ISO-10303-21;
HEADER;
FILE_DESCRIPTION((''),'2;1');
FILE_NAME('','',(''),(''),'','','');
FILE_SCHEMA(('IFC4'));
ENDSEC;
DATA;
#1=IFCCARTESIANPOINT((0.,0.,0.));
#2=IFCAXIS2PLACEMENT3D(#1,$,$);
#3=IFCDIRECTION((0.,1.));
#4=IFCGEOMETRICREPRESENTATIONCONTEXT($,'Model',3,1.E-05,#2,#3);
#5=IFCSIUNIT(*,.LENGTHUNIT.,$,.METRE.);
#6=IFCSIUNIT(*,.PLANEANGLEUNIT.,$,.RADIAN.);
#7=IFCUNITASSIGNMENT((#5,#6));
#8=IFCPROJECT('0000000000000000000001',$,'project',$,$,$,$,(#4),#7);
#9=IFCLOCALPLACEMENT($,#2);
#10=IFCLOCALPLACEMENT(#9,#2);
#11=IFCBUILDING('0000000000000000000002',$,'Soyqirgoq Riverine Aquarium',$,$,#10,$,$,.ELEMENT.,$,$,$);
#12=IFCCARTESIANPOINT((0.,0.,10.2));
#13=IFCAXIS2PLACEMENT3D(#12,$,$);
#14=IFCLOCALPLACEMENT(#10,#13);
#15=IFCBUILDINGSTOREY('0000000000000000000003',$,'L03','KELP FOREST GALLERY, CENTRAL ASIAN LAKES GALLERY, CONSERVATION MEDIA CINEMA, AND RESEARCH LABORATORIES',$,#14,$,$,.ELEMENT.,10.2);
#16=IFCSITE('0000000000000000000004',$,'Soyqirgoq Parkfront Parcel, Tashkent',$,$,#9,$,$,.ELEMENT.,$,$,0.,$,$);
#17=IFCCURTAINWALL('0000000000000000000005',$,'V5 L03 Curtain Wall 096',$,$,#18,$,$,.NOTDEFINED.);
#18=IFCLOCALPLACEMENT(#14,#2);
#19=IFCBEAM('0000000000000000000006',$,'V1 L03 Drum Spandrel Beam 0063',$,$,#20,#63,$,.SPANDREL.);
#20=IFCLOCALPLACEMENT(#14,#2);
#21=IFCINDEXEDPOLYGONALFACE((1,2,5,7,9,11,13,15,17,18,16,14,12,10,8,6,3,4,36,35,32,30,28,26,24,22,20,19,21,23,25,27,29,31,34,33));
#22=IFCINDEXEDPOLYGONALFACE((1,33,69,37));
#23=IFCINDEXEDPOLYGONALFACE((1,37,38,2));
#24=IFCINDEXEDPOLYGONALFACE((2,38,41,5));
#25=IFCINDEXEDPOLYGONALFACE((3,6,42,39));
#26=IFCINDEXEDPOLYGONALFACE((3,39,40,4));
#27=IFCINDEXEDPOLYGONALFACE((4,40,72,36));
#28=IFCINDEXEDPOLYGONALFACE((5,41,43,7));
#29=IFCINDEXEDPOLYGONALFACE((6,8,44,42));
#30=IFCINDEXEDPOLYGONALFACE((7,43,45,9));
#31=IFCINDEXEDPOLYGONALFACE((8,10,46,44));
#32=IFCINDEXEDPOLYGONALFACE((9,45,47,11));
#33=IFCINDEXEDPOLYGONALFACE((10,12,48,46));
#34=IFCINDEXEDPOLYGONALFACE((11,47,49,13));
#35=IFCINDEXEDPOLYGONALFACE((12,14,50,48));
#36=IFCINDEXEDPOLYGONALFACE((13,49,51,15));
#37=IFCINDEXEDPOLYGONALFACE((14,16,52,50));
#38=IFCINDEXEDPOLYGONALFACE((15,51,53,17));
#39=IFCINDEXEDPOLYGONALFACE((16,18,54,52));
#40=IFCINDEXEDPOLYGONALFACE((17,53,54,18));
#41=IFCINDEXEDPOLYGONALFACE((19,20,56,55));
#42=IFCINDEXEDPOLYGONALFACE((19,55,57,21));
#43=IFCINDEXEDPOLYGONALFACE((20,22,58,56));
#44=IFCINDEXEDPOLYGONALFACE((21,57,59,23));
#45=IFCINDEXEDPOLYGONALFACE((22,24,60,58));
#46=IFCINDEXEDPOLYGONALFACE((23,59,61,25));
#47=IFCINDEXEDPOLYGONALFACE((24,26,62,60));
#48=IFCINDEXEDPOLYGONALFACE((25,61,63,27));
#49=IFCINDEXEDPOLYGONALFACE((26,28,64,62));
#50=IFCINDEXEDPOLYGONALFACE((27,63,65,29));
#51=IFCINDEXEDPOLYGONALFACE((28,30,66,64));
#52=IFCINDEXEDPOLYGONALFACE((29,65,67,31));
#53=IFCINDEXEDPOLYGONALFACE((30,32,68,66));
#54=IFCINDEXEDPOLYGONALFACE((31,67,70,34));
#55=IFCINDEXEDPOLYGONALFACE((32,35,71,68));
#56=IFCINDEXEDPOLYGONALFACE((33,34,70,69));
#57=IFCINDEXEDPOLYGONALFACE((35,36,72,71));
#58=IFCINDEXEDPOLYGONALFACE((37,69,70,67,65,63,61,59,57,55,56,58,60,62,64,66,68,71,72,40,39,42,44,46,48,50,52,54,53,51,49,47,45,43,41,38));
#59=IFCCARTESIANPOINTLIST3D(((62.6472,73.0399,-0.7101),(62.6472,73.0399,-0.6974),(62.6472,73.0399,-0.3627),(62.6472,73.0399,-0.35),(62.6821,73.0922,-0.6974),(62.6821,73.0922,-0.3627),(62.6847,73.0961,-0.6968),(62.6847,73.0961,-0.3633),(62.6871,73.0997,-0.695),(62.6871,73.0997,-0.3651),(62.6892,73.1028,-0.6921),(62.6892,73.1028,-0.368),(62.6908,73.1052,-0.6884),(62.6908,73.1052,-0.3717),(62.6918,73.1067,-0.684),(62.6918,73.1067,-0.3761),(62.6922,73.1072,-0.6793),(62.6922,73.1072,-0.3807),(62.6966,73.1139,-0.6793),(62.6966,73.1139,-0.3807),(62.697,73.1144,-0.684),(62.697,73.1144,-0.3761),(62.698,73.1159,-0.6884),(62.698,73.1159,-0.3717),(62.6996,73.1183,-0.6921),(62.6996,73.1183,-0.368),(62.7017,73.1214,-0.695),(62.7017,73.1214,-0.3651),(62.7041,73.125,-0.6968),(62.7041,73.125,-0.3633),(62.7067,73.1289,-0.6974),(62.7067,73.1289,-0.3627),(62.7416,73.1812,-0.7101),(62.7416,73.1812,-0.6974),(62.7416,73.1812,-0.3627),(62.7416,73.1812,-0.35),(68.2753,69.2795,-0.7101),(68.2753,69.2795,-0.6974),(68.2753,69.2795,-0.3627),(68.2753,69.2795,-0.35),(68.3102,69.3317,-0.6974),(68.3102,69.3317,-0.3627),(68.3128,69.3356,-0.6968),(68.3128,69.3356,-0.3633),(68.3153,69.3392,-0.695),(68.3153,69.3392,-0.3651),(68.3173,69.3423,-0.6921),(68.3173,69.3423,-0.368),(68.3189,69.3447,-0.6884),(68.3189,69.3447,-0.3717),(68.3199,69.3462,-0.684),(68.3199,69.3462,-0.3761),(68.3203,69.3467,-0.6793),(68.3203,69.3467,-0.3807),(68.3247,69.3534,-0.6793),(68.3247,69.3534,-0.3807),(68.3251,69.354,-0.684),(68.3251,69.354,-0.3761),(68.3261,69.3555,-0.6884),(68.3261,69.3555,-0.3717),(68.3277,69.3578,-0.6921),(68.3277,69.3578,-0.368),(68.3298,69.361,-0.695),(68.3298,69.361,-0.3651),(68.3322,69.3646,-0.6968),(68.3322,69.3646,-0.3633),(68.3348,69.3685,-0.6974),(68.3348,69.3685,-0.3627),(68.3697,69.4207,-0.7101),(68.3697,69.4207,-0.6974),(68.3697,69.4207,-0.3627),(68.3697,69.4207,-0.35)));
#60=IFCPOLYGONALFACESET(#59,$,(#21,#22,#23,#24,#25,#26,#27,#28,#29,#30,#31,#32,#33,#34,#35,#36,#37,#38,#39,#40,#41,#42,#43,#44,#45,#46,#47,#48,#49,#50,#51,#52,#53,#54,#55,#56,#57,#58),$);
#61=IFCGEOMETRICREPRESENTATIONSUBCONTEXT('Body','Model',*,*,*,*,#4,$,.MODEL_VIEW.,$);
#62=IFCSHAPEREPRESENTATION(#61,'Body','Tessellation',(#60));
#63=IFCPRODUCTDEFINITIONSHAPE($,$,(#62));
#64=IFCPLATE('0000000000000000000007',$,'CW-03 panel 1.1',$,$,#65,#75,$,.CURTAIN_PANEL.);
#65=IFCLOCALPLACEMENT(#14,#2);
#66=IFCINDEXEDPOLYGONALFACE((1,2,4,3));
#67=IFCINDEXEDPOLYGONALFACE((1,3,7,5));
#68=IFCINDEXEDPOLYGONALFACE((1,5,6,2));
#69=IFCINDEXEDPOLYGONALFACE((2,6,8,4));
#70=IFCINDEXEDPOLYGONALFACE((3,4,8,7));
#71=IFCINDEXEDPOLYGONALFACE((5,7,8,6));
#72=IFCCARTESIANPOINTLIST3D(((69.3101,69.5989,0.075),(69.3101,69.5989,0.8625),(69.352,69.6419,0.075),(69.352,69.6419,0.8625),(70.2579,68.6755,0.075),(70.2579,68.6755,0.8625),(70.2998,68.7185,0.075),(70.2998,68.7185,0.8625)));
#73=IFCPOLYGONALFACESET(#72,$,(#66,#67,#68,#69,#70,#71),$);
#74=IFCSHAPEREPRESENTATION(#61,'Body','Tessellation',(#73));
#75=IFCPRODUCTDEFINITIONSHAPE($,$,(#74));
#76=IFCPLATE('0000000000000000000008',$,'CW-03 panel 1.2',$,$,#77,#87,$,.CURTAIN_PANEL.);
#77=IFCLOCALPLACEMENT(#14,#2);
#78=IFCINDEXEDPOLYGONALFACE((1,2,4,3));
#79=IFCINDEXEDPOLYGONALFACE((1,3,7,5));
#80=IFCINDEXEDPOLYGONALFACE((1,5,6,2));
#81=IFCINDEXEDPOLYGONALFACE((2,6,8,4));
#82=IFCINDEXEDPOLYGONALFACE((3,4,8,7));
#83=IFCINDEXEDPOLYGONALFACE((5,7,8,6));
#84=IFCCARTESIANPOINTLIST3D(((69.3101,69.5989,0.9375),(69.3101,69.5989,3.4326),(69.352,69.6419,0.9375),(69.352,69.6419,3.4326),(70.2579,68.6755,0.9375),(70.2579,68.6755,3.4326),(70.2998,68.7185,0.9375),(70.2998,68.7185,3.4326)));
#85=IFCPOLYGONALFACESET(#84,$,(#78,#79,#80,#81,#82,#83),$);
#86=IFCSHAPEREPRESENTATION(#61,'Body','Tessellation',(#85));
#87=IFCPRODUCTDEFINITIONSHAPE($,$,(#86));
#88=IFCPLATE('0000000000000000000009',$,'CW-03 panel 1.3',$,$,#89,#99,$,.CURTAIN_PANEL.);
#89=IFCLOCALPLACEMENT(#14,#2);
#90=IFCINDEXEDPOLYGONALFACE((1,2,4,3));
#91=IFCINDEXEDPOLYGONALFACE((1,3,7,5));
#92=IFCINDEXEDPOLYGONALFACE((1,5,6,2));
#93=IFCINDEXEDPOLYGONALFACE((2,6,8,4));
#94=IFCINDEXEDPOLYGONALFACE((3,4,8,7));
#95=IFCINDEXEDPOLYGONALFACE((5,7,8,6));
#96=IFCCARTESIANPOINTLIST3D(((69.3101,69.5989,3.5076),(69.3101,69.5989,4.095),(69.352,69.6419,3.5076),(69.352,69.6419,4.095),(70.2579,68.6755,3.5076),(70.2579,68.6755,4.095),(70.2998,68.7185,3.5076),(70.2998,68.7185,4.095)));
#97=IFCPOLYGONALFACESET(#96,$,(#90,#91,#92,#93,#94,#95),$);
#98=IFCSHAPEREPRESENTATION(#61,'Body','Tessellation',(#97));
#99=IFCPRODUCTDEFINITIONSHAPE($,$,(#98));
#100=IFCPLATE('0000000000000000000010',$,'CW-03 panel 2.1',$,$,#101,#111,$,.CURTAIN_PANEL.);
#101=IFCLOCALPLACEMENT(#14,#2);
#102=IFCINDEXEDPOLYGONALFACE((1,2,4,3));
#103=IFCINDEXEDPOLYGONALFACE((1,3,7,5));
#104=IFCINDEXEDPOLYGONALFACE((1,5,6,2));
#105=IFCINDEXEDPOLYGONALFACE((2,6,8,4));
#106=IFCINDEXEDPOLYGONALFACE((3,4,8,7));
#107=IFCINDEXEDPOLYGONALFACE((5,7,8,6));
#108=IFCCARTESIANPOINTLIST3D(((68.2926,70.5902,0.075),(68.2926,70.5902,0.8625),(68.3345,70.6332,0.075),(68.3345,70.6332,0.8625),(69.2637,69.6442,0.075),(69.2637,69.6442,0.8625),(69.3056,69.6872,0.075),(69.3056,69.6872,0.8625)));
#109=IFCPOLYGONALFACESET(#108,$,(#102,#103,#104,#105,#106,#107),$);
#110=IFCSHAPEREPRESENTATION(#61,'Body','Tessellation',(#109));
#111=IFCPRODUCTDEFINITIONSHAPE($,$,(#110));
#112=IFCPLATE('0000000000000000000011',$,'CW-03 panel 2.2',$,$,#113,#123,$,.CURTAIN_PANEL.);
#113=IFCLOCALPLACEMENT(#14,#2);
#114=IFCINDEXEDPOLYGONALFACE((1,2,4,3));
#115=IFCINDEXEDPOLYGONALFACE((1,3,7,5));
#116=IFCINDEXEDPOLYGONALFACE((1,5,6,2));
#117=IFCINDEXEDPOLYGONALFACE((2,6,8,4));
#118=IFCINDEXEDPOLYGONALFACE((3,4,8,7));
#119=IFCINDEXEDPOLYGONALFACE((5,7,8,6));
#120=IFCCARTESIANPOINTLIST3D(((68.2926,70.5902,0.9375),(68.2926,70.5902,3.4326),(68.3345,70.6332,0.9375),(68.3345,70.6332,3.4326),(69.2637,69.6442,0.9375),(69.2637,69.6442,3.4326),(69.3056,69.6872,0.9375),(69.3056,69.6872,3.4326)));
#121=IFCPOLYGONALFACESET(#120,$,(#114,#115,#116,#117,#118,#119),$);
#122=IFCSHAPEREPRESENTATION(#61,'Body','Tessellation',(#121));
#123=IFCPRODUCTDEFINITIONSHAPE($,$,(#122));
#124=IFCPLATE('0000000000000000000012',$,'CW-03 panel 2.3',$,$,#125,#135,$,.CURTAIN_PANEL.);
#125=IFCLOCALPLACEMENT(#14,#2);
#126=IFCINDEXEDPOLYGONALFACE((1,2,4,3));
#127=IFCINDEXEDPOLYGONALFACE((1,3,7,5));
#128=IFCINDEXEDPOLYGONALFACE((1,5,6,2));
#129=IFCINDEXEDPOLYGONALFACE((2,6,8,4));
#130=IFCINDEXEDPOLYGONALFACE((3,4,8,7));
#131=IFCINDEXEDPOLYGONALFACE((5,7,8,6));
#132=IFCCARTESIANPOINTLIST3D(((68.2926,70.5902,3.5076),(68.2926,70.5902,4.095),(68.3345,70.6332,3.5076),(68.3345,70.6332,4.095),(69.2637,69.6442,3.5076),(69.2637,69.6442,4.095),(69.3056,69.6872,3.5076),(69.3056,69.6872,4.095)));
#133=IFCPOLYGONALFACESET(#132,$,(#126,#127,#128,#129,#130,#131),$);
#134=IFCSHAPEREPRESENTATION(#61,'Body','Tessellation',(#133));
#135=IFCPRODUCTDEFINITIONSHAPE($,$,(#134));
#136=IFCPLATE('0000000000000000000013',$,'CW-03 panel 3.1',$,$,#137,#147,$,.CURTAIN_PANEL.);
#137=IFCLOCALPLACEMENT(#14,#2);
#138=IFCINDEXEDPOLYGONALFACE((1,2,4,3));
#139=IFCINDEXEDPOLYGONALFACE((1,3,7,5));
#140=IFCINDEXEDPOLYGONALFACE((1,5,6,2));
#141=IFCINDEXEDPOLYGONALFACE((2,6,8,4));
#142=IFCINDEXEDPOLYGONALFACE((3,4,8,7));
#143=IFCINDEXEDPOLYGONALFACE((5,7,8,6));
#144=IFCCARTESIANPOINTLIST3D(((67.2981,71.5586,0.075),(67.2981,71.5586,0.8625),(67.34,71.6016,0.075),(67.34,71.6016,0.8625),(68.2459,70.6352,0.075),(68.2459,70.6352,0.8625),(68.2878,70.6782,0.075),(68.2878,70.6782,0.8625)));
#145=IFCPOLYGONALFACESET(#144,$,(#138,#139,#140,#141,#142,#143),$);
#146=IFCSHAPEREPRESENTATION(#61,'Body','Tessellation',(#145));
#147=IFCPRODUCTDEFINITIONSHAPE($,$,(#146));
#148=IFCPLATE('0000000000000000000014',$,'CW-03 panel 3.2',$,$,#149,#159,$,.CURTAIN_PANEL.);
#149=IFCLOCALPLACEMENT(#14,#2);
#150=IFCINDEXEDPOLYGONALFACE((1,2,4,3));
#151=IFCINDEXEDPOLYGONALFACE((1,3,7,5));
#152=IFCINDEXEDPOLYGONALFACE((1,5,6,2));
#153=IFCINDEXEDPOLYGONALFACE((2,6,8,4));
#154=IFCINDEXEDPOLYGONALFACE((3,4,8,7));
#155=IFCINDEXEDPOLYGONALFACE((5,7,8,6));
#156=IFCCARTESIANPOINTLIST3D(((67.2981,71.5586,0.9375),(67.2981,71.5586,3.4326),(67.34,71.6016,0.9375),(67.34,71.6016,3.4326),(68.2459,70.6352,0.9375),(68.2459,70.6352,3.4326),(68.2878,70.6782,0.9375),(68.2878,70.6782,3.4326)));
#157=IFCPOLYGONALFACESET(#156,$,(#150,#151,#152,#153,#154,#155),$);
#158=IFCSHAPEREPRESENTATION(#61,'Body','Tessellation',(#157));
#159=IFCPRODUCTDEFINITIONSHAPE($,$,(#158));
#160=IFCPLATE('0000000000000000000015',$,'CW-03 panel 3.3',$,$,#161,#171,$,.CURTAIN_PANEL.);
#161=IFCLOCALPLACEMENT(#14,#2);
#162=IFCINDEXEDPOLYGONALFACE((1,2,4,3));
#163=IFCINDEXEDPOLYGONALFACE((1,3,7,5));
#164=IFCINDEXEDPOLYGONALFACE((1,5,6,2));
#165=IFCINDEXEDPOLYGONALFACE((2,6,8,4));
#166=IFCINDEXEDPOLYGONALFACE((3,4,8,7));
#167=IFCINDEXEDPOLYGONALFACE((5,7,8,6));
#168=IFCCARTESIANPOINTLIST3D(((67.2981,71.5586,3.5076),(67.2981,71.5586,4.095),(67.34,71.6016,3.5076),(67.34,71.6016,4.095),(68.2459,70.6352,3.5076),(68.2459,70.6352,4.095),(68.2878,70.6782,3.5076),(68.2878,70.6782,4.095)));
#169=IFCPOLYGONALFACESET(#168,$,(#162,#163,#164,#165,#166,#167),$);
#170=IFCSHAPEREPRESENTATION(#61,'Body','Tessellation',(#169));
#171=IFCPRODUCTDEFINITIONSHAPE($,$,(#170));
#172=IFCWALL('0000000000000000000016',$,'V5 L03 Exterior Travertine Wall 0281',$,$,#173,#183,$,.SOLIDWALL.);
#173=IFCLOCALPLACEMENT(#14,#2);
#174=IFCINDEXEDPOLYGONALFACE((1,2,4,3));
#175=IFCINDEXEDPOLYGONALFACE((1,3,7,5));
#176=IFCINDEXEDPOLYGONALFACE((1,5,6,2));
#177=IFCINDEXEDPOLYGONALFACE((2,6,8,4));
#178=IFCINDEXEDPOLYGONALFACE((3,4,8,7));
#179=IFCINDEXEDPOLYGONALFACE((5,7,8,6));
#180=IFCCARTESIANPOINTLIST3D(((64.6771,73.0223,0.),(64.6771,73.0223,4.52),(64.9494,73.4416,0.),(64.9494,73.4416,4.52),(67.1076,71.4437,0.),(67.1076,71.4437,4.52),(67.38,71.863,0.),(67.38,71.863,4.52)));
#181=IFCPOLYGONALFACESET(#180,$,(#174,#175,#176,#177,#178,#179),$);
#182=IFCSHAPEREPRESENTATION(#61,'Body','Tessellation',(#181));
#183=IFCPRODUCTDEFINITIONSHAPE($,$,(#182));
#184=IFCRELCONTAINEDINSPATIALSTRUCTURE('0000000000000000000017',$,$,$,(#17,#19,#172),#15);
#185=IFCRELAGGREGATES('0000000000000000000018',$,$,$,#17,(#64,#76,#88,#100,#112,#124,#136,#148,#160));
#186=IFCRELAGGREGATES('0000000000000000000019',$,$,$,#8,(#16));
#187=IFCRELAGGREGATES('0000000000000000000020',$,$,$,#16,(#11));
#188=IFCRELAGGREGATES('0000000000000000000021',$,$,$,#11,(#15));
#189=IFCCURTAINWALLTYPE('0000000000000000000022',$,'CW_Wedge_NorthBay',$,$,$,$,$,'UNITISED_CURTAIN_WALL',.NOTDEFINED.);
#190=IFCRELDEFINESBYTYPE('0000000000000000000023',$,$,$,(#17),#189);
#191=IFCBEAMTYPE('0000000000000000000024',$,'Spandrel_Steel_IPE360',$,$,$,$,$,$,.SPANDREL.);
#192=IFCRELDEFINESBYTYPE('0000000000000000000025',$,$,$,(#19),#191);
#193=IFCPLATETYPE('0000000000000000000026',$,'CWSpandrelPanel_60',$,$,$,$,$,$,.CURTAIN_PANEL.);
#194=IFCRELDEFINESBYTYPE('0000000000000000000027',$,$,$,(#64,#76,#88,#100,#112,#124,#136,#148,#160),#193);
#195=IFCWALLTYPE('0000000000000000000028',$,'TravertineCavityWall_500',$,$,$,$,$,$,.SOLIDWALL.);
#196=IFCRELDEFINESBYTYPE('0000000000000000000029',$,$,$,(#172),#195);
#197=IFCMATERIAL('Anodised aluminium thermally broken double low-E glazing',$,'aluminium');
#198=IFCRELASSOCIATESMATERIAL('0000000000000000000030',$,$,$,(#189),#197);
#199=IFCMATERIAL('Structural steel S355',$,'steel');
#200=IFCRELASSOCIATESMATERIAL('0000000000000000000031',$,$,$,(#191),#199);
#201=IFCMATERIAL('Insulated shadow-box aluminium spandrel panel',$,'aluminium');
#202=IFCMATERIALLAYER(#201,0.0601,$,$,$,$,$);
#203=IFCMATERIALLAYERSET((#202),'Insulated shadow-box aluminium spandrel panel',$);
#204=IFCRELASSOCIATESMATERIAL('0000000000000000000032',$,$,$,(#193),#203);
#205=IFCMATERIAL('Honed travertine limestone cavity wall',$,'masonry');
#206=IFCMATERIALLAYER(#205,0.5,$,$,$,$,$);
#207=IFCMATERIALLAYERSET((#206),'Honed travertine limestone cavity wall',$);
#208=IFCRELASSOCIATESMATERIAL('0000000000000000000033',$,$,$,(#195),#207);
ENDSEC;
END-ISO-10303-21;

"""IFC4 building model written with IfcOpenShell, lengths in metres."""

from ifc_helpers import new_model, si_unit, direction, frame, frame_2d, origin, origin_2d, place, context, subcontext, project, spatial, rectangle, i_section, extrude, material, layer, layer_set, material_profile, profile_set, type_object, element, aggregate, save


model = new_model("IFC4")

# Units and contexts
model_context = context("Model", 3, precision=1e-05, world=origin(), true_north=direction((0.0, 1.0)))
body_context = subcontext(model_context, "Body", "Model", "MODEL_VIEW")
ifc_project = project(units=[si_unit("LENGTHUNIT", "METRE"), si_unit("PLANEANGLEUNIT", "RADIAN")], contexts=[model_context])

# Site, building, storey
site_placement = place(None, origin())
site = spatial("IfcSite", under=ifc_project, at=site_placement, Name="Soyqirgoq Parkfront Parcel, Tashkent", CompositionType="ELEMENT", RefElevation=0.0)
building_placement = place(site_placement, origin())
building = spatial("IfcBuilding", under=site, at=building_placement, Name="Soyqirgoq Riverine Aquarium", CompositionType="ELEMENT")
storey_placement = place(building_placement, frame((0.0, 0.0, 10.2)))
storey = spatial("IfcBuildingStorey", under=building, at=storey_placement, Name="L03", Description="KELP FOREST GALLERY, CENTRAL ASIAN LAKES GALLERY, CONSERVATION MEDIA CINEMA, AND RESEARCH LABORATORIES", CompositionType="ELEMENT", Elevation=10.2)

# Curtain wall
ifc_material_1 = material(Name="Anodised aluminium thermally broken double low-E glazing", Category="aluminium")
curtain_wall_type = type_object("IfcCurtainWallType", Name="CW_Wedge_NorthBay", ElementType="UNITISED_CURTAIN_WALL", PredefinedType="NOTDEFINED", material=ifc_material_1)
curtain_wall_1_placement = place(storey_placement, origin())
curtain_wall_1 = element("IfcCurtainWall", 1, at=curtain_wall_1_placement, inside=storey, type_object=curtain_wall_type, Name="V5 L03 Curtain Wall 096", PredefinedType="NOTDEFINED")

# Beam
ifc_material_2 = material(Name="Structural steel S355", Category="steel")
ifc_material_profile_1 = material_profile(ifc_material_2, i_section(OverallWidth=0.1699, OverallDepth=0.3601, WebThickness=0.0081, FlangeThickness=0.0127, FilletRadius=0.0181, at=origin_2d()), Name="IPE 360")
ifc_profile_set_1 = profile_set([ifc_material_profile_1], Name="Structural steel S355")
beam_type_1 = type_object("IfcBeamType", Name="Spandrel_Steel_IPE360", PredefinedType="SPANDREL", material=ifc_profile_set_1)
beam_1_placement = place(storey_placement, frame((68.3225, 69.3501, -0.53), z_axis=(-0.831478, 0.555557, 0.0), x_axis=(-0.555557, -0.831478, 0.0)))
element("IfcBeam", 2, at=beam_1_placement, inside=storey, type_object=beam_type_1, Name="V1 L03 Drum Spandrel Beam 0063", PredefinedType="SPANDREL", context=body_context, shape_type="SweptSolid", body=[
    extrude(i_section(OverallWidth=0.1699, OverallDepth=0.3601, WebThickness=0.0081, FlangeThickness=0.0127, FilletRadius=0.0181, at=origin_2d()), origin(), (0.0, 0.0, 1.0), 6.7688),
])

# Plates
ifc_material_3 = material(Name="Insulated shadow-box aluminium spandrel panel", Category="aluminium")
ifc_layer_1 = layer(ifc_material_3, 0.0601)
ifc_layer_set_1 = layer_set([ifc_layer_1], Name="Insulated shadow-box aluminium spandrel panel")
plate_type = type_object("IfcPlateType", Name="CWSpandrelPanel_60", PredefinedType="CURTAIN_PANEL", material=ifc_layer_set_1)
plate_1_placement = place(storey_placement, frame((69.8049, 69.1587, 0.075), z_axis=(0.0, 0.0, 1.0), x_axis=(-0.716303, 0.69779, 0.0)))
plate_1 = element("IfcPlate", 3, at=plate_1_placement, type_object=plate_type, Name="CW-03 panel 1.1", PredefinedType="CURTAIN_PANEL", context=body_context, shape_type="SweptSolid", body=[
    extrude(rectangle(XDim=1.3232, YDim=0.0601, at=origin_2d()), origin(), (0.0, 0.0, 1.0), 0.7876),
])
plate_2_placement = place(storey_placement, frame((69.8049, 69.1587, 0.9375), z_axis=(0.0, 0.0, 1.0), x_axis=(-0.716303, 0.69779, 0.0)))
plate_2 = element("IfcPlate", 4, at=plate_2_placement, type_object=plate_type, Name="CW-03 panel 1.2", PredefinedType="CURTAIN_PANEL", context=body_context, shape_type="SweptSolid", body=[
    extrude(rectangle(XDim=1.3232, YDim=0.0601, at=origin_2d()), origin(), (0.0, 0.0, 1.0), 2.4951),
])
plate_3_placement = place(storey_placement, frame((69.8049, 69.1587, 3.5076), z_axis=(0.0, 0.0, 1.0), x_axis=(-0.716303, 0.69779, 0.0)))
plate_3 = element("IfcPlate", 5, at=plate_3_placement, type_object=plate_type, Name="CW-03 panel 1.3", PredefinedType="CURTAIN_PANEL", context=body_context, shape_type="SweptSolid", body=[
    extrude(rectangle(XDim=1.3232, YDim=0.0601, at=origin_2d()), origin(), (0.0, 0.0, 1.0), 0.5874),
])
plate_4_placement = place(storey_placement, frame((68.7991, 70.1387, 0.075), z_axis=(0.0, 0.0, 1.0), x_axis=(-0.716303, 0.69779, 0.0)))
plate_4 = element("IfcPlate", 6, at=plate_4_placement, type_object=plate_type, Name="CW-03 panel 2.1", PredefinedType="CURTAIN_PANEL", context=body_context, shape_type="SweptSolid", body=[
    extrude(rectangle(XDim=1.3557, YDim=0.0601, at=origin_2d()), origin(), (0.0, 0.0, 1.0), 0.7876),
])
plate_5_placement = place(storey_placement, frame((68.7991, 70.1387, 0.9375), z_axis=(0.0, 0.0, 1.0), x_axis=(-0.716303, 0.69779, 0.0)))
plate_5 = element("IfcPlate", 7, at=plate_5_placement, type_object=plate_type, Name="CW-03 panel 2.2", PredefinedType="CURTAIN_PANEL", context=body_context, shape_type="SweptSolid", body=[
    extrude(rectangle(XDim=1.3557, YDim=0.0601, at=origin_2d()), origin(), (0.0, 0.0, 1.0), 2.4951),
])
plate_6_placement = place(storey_placement, frame((68.7991, 70.1387, 3.5076), z_axis=(0.0, 0.0, 1.0), x_axis=(-0.716303, 0.69779, 0.0)))
plate_6 = element("IfcPlate", 8, at=plate_6_placement, type_object=plate_type, Name="CW-03 panel 2.3", PredefinedType="CURTAIN_PANEL", context=body_context, shape_type="SweptSolid", body=[
    extrude(rectangle(XDim=1.3557, YDim=0.0601, at=origin_2d()), origin(), (0.0, 0.0, 1.0), 0.5874),
])
plate_7_placement = place(storey_placement, frame((67.793, 71.1184, 0.075), z_axis=(0.0, 0.0, 1.0), x_axis=(-0.716303, 0.69779, 0.0)))
plate_7 = element("IfcPlate", 9, at=plate_7_placement, type_object=plate_type, Name="CW-03 panel 3.1", PredefinedType="CURTAIN_PANEL", context=body_context, shape_type="SweptSolid", body=[
    extrude(rectangle(XDim=1.3232, YDim=0.0601, at=origin_2d()), origin(), (0.0, 0.0, 1.0), 0.7876),
])
plate_8_placement = place(storey_placement, frame((67.793, 71.1184, 0.9375), z_axis=(0.0, 0.0, 1.0), x_axis=(-0.716303, 0.69779, 0.0)))
plate_8 = element("IfcPlate", 10, at=plate_8_placement, type_object=plate_type, Name="CW-03 panel 3.2", PredefinedType="CURTAIN_PANEL", context=body_context, shape_type="SweptSolid", body=[
    extrude(rectangle(XDim=1.3232, YDim=0.0601, at=origin_2d()), origin(), (0.0, 0.0, 1.0), 2.4951),
])
plate_9_placement = place(storey_placement, frame((67.793, 71.1184, 3.5076), z_axis=(0.0, 0.0, 1.0), x_axis=(-0.716303, 0.69779, 0.0)))
plate_9 = element("IfcPlate", 11, at=plate_9_placement, type_object=plate_type, Name="CW-03 panel 3.3", PredefinedType="CURTAIN_PANEL", context=body_context, shape_type="SweptSolid", body=[
    extrude(rectangle(XDim=1.3232, YDim=0.0601, at=origin_2d()), origin(), (0.0, 0.0, 1.0), 0.5874),
])
aggregate(curtain_wall_1, [plate_1, plate_2, plate_3, plate_4, plate_5, plate_6, plate_7, plate_8, plate_9])

# Wall
ifc_material_4 = material(Name="Honed travertine limestone cavity wall", Category="masonry")
ifc_layer_2 = layer(ifc_material_4, 0.5)
ifc_layer_set_2 = layer_set([ifc_layer_2], Name="Honed travertine limestone cavity wall")
wall_type_1 = type_object("IfcWallType", Name="TravertineCavityWall_500", PredefinedType="SOLIDWALL", material=ifc_layer_set_2)
wall_1_placement = place(storey_placement, frame((67.2439, 71.6533, 0.0), z_axis=(0.0, 0.0, 1.0), x_axis=(-0.838651, 0.544669, 0.0)))
element("IfcWall", 12, at=wall_1_placement, inside=storey, type_object=wall_type_1, Name="V5 L03 Exterior Travertine Wall 0281", PredefinedType="SOLIDWALL", context=body_context, shape_type="SweptSolid", body=[
    extrude(rectangle(XDim=2.8982, YDim=0.5, at=frame_2d((1.4492, 0.0))), origin(), (0.0, 0.0, 1.0), 4.52),
])

save(model, "model.ifc")
